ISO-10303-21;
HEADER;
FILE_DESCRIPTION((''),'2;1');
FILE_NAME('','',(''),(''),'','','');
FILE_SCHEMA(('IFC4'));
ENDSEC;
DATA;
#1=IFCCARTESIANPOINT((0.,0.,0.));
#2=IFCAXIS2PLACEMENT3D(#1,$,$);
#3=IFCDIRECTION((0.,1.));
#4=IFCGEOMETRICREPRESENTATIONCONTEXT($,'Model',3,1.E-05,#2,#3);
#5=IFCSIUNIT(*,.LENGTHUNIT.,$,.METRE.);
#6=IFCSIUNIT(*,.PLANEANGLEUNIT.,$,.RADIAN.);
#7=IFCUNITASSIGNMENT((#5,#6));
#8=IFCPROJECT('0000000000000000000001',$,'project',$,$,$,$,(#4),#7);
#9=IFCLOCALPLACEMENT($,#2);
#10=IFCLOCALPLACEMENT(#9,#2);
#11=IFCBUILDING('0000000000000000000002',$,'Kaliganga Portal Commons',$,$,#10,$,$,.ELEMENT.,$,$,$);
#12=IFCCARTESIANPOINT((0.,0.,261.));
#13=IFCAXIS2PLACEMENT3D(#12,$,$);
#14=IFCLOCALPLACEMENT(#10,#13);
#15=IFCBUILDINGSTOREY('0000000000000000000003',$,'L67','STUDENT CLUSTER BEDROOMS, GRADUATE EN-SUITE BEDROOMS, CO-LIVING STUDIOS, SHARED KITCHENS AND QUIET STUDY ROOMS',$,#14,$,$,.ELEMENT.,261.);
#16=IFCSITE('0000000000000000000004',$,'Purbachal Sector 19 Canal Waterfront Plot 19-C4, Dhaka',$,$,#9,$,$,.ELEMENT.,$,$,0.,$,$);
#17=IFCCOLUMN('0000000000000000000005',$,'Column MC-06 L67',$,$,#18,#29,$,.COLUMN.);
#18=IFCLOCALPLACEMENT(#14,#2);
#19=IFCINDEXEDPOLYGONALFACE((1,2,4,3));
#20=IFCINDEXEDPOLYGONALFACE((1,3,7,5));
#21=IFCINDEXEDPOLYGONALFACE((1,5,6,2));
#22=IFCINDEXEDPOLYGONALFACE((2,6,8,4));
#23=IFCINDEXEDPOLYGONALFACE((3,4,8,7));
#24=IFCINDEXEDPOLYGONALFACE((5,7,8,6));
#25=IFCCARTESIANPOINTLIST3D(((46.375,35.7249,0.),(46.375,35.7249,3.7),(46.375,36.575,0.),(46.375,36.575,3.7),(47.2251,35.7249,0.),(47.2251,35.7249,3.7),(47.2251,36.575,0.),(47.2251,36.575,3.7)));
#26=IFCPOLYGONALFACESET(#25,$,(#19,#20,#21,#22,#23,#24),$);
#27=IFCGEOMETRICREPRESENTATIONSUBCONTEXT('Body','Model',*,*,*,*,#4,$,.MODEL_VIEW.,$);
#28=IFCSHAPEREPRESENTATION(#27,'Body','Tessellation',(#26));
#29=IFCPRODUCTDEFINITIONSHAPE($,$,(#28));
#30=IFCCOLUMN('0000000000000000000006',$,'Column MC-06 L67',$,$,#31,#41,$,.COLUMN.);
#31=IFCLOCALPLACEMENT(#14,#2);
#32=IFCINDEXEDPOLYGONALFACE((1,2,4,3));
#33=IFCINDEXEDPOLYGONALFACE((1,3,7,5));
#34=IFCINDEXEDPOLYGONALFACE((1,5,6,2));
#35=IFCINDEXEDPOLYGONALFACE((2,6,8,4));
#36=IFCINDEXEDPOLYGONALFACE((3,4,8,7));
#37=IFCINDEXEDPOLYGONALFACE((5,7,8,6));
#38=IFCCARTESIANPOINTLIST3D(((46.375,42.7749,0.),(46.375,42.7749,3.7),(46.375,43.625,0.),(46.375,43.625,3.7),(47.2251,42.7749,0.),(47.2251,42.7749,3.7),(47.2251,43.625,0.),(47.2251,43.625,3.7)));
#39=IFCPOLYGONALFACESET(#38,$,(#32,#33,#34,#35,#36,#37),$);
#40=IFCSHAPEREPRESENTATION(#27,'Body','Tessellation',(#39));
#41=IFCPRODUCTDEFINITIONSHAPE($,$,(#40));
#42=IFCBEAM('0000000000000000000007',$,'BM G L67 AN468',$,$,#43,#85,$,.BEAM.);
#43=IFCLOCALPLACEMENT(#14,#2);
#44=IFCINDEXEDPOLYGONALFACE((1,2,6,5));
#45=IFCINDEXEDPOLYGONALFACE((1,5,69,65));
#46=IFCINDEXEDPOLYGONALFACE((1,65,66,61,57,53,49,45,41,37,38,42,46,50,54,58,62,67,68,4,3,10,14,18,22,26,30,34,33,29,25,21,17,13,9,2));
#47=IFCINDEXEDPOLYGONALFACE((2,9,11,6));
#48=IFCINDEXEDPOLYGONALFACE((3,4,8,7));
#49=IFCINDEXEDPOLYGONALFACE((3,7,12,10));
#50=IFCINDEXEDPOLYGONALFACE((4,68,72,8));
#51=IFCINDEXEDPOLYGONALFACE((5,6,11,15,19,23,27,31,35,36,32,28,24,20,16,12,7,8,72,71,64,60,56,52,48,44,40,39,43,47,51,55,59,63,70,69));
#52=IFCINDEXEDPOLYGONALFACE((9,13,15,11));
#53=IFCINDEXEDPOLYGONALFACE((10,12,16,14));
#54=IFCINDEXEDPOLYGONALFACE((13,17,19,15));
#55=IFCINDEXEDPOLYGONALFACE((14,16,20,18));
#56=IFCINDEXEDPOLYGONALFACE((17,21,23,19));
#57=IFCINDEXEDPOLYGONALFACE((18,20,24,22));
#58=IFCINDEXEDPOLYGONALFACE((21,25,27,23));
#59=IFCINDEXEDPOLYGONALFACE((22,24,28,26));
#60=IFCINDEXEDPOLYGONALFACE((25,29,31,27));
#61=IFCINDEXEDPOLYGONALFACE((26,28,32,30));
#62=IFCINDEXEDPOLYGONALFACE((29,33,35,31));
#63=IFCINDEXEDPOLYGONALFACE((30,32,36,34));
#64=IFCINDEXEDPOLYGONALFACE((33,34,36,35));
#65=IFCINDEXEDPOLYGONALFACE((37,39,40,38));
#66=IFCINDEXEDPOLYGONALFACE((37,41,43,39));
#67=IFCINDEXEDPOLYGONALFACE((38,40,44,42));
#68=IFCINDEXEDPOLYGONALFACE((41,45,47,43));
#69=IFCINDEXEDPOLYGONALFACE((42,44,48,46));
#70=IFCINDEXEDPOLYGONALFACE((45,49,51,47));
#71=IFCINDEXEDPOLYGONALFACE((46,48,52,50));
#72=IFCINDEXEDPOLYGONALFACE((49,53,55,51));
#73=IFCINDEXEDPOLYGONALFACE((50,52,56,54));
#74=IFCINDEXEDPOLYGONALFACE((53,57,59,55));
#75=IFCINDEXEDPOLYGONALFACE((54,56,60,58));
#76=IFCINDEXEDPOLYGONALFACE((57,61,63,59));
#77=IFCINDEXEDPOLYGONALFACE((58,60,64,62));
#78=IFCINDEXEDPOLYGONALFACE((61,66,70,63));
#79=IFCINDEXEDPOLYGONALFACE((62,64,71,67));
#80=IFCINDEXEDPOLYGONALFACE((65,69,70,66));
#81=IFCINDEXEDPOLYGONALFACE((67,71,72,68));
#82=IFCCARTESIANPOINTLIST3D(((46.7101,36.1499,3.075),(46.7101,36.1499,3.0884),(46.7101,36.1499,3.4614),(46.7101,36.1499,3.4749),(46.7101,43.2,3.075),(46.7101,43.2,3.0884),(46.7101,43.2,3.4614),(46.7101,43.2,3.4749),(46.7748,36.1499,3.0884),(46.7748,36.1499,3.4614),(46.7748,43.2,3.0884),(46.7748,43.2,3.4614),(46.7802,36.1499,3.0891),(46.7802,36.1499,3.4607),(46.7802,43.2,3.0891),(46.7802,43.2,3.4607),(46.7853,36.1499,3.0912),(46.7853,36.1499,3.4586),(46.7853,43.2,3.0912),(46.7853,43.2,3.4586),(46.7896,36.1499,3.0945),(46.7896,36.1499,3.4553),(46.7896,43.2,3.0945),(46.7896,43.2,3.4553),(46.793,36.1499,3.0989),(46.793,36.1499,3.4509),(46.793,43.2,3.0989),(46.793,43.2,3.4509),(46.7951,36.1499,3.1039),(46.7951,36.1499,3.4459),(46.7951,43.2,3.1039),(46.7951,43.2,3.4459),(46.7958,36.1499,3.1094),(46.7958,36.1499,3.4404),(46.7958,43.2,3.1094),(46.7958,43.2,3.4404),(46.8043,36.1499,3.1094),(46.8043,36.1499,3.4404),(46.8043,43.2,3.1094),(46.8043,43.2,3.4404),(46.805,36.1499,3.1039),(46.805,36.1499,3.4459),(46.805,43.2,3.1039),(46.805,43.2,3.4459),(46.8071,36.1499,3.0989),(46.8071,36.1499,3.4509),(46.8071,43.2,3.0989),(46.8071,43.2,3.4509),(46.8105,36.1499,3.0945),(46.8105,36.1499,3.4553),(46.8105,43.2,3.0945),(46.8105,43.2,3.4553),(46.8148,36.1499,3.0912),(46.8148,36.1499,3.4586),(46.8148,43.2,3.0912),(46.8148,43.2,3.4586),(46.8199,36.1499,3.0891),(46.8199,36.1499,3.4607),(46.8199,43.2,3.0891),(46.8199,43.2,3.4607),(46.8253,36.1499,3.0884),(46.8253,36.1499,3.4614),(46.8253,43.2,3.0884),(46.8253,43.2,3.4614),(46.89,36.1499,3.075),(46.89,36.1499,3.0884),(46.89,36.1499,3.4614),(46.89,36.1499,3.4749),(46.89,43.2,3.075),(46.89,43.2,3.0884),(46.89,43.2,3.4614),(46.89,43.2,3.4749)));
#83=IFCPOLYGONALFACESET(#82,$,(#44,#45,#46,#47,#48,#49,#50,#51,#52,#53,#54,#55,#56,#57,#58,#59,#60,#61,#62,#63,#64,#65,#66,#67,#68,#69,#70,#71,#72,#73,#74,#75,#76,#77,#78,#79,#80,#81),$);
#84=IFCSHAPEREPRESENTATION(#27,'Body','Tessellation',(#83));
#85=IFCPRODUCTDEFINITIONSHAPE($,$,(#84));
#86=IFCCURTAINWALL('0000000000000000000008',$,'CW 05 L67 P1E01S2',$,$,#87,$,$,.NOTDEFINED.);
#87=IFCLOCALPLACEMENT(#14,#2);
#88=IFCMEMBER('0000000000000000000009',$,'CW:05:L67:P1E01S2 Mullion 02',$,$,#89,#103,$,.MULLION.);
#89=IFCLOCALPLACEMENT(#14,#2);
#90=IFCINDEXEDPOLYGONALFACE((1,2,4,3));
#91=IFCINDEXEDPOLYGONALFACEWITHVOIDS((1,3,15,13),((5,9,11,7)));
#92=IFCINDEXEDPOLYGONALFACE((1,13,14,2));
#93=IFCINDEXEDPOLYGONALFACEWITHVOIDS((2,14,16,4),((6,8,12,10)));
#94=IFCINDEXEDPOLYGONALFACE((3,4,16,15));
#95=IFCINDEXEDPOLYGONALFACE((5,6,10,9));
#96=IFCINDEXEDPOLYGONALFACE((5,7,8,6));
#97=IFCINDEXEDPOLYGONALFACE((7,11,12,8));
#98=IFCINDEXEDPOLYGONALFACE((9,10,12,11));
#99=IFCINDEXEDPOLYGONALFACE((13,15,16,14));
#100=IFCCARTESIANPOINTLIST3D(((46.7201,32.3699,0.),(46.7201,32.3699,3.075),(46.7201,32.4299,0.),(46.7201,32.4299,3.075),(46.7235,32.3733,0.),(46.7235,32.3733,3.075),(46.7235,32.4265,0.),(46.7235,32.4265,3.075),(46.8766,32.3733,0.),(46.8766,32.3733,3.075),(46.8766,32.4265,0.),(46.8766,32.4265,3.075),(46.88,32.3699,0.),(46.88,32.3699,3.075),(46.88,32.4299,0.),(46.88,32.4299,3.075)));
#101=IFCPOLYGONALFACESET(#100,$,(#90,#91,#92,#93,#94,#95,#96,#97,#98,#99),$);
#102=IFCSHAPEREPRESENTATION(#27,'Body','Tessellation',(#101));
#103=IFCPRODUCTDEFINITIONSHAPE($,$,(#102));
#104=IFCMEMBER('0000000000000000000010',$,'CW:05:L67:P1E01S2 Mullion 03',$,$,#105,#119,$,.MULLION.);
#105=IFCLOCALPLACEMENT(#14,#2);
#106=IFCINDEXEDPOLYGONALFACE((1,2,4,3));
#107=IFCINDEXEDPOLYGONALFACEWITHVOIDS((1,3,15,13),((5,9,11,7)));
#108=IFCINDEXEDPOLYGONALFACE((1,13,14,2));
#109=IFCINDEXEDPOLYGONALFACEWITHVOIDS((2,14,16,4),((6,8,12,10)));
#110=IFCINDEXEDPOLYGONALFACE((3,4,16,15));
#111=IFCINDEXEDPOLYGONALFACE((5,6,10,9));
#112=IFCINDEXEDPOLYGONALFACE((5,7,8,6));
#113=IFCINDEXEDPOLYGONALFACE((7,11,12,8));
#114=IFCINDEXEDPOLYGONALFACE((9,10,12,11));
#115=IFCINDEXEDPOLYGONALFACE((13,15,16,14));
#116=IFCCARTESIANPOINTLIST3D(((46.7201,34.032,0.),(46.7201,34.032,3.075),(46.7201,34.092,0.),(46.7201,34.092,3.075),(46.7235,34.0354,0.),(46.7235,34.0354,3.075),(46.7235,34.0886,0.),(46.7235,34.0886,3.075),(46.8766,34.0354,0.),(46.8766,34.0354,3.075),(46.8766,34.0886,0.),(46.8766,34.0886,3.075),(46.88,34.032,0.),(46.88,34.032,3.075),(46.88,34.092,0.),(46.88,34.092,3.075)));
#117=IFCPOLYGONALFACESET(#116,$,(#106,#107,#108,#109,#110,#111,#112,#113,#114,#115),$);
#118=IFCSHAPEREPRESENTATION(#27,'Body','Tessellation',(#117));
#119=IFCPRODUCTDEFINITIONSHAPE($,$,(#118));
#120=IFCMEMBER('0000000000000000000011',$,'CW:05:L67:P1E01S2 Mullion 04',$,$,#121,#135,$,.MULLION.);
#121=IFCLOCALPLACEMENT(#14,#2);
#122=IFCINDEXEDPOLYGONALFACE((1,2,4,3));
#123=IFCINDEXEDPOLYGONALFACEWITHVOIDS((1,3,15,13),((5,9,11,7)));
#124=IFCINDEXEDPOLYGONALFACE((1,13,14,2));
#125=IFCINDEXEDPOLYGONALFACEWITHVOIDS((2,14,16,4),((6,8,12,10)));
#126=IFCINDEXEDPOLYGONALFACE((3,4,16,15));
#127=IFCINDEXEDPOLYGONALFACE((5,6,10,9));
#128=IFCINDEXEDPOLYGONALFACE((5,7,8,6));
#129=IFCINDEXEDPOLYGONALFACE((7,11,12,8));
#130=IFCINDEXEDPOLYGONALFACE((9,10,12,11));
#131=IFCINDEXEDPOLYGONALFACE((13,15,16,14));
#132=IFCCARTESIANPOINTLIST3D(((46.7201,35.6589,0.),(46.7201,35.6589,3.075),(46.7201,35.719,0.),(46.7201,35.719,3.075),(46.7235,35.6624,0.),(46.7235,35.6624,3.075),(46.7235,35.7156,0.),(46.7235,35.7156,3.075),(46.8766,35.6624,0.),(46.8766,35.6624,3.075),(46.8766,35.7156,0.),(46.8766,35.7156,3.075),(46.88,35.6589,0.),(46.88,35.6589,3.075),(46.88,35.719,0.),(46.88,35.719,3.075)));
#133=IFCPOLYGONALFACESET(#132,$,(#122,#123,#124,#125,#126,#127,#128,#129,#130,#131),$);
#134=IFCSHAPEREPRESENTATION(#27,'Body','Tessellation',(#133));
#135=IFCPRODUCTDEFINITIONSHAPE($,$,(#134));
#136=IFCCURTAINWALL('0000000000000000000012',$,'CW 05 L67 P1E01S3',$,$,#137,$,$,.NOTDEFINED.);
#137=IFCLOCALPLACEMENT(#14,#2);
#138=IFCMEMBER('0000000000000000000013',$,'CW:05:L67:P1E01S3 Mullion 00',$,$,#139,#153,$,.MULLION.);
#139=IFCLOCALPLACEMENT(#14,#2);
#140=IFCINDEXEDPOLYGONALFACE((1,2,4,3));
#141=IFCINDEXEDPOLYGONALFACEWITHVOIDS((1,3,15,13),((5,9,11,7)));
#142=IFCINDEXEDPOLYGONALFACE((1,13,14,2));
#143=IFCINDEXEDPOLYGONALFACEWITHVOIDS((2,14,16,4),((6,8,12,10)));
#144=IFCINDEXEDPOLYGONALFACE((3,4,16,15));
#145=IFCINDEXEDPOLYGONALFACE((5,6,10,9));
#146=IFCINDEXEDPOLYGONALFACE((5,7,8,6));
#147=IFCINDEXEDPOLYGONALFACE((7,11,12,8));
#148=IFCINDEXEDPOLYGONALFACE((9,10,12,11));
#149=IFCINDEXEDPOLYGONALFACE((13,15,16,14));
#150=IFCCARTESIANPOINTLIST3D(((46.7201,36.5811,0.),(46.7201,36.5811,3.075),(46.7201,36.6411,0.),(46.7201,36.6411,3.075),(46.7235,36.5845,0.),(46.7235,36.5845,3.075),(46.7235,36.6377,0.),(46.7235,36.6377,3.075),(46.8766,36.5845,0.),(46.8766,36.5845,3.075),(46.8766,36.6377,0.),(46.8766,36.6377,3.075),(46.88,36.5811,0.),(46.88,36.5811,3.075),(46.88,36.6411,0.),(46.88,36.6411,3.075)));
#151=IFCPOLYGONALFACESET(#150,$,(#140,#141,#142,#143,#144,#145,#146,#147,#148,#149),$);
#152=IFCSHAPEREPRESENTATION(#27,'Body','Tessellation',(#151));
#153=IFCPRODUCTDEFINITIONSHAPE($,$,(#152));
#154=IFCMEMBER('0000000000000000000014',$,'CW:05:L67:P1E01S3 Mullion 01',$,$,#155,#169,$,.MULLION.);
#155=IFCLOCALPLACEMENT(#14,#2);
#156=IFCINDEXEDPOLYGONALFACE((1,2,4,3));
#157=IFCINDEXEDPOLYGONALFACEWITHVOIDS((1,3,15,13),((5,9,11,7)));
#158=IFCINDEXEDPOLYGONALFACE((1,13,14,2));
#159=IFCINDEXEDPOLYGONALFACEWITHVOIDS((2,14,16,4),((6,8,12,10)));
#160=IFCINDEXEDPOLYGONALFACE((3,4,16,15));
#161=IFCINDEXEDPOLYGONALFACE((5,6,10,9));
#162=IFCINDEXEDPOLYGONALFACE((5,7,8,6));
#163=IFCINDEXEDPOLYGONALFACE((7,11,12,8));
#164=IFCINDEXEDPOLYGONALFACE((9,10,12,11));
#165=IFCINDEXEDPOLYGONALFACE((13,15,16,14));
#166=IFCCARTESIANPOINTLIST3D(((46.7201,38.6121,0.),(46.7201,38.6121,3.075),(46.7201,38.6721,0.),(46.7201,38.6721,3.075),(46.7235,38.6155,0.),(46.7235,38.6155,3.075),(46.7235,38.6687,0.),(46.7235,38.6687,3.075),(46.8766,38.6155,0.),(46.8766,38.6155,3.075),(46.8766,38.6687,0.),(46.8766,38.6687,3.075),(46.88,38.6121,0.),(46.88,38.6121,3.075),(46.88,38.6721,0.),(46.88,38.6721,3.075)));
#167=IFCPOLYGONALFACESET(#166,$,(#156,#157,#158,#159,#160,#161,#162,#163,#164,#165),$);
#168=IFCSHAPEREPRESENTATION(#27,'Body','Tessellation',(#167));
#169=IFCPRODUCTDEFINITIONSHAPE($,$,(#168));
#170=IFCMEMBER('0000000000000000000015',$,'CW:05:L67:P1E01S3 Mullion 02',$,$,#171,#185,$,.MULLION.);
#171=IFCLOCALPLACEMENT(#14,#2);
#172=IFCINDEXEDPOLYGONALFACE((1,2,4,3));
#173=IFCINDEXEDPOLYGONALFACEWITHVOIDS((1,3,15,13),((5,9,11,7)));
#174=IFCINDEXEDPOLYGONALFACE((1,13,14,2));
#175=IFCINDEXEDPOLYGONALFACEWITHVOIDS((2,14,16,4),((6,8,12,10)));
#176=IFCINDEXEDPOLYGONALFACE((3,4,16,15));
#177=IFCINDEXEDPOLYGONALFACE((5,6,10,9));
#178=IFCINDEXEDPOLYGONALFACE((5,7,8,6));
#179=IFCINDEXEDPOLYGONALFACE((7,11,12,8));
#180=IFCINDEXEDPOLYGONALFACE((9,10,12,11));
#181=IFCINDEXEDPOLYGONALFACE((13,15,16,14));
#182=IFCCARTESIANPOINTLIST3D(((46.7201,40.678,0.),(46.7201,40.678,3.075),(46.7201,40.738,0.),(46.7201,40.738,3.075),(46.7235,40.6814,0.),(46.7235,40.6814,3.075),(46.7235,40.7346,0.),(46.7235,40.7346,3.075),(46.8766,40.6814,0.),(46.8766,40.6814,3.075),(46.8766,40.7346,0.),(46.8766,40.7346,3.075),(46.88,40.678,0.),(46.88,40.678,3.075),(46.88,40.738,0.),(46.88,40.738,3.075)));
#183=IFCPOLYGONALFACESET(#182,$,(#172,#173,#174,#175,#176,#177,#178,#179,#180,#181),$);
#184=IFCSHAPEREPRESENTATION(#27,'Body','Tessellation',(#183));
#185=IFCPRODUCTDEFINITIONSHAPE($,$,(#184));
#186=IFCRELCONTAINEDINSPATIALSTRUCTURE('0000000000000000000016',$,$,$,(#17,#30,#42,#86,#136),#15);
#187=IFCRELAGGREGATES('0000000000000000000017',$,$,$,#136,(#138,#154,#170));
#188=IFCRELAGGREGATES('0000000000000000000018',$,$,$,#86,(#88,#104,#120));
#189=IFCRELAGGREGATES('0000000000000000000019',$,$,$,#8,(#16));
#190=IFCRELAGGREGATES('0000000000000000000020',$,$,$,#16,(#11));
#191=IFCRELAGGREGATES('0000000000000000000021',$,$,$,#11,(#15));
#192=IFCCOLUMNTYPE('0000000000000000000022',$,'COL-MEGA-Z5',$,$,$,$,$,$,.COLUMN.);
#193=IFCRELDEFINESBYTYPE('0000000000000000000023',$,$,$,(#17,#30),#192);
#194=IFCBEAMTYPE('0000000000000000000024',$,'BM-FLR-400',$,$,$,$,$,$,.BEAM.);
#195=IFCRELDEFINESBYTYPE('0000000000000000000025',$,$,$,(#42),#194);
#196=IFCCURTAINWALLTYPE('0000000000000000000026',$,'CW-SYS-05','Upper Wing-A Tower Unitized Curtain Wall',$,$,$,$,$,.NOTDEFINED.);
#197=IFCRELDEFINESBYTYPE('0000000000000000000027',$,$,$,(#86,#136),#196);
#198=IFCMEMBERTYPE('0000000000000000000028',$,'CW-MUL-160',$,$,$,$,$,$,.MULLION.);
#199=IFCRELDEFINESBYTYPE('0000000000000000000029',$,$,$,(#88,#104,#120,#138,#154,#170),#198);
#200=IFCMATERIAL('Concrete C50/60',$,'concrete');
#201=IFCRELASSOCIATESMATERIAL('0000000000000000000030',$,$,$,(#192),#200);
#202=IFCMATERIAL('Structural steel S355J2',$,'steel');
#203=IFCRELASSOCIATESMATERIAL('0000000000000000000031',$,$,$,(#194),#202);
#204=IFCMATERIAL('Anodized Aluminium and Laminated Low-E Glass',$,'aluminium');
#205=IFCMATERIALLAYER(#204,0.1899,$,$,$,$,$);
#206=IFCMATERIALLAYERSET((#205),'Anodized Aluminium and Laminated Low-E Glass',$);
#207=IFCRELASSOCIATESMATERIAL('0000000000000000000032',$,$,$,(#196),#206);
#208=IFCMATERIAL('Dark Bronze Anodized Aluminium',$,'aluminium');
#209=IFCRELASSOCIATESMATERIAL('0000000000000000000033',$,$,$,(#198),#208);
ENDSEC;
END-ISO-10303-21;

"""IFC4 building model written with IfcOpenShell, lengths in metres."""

from ifc_helpers import new_model, si_unit, direction, frame, origin, origin_2d, place, context, subcontext, project, spatial, rectangle, hollow_rectangle, i_section, extrude, source, transform, mapped, material, layer, layer_set, material_profile, profile_set, type_object, element, aggregate, save


model = new_model("IFC4")

# Units and contexts
model_context = context("Model", 3, precision=1e-05, world=origin(), true_north=direction((0.0, 1.0)))
body_context = subcontext(model_context, "Body", "Model", "MODEL_VIEW")
ifc_project = project(units=[si_unit("LENGTHUNIT", "METRE"), si_unit("PLANEANGLEUNIT", "RADIAN")], contexts=[model_context])

# Site, building, storey
site_placement = place(None, origin())
site = spatial("IfcSite", under=ifc_project, at=site_placement, Name="Purbachal Sector 19 Canal Waterfront Plot 19-C4, Dhaka", CompositionType="ELEMENT", RefElevation=0.0)
building_placement = place(site_placement, origin())
building = spatial("IfcBuilding", under=site, at=building_placement, Name="Kaliganga Portal Commons", CompositionType="ELEMENT")
storey_placement = place(building_placement, frame((0.0, 0.0, 261.0)))
storey = spatial("IfcBuildingStorey", under=building, at=storey_placement, Name="L67", Description="STUDENT CLUSTER BEDROOMS, GRADUATE EN-SUITE BEDROOMS, CO-LIVING STUDIOS, SHARED KITCHENS AND QUIET STUDY ROOMS", CompositionType="ELEMENT", Elevation=261.0)

# Columns
ifc_material_1 = material(Name="Concrete C50/60", Category="concrete")
ifc_material_profile_1 = material_profile(ifc_material_1, rectangle(XDim=0.8501, YDim=0.8501, at=origin_2d()), Name="RC 850x850")
ifc_profile_set_1 = profile_set([ifc_material_profile_1], Name="Concrete C50/60")
column_type = type_object("IfcColumnType", Name="COL-MEGA-Z5", PredefinedType="COLUMN", material=ifc_profile_set_1)
shared_shape_1 = source(origin(), body_context, "Body", "SweptSolid", [
    extrude(rectangle(XDim=0.8501, YDim=0.8501, at=origin_2d()), origin(), (0.0, 0.0, 1.0), 3.7),
])
for number, where, z_axis, x_axis, name in (
    (1, (46.8, 36.1499, 0.0), (0.0, 0.0, 1.0), (1.0, 0.0, 0.0), "Column MC-06 L67"),
    (2, (46.8, 43.2, 0.0), (0.0, 0.0, 1.0), (1.0, 0.0, 0.0), "Column MC-06 L67"),
):
    element("IfcColumn", number, at=place(storey_placement, frame(where, z_axis=z_axis, x_axis=x_axis)), inside=storey, type_object=column_type, Name=name, PredefinedType="COLUMN", context=body_context, shape_type="MappedRepresentation", body=[
        mapped(shared_shape_1, transform((0.0, 0.0, 0.0), x_axis=(1.0, 0.0, 0.0), y_axis=(0.0, 1.0, 0.0), z_axis=(0.0, 0.0, 1.0), scale=1.0)),
    ])

# Beam
ifc_material_2 = material(Name="Structural steel S355J2", Category="steel")
ifc_material_profile_2 = material_profile(ifc_material_2, i_section(OverallWidth=0.1799, OverallDepth=0.3999, WebThickness=0.0085, FlangeThickness=0.0134, FilletRadius=0.021, at=origin_2d()), Name="IPE 400")
ifc_profile_set_2 = profile_set([ifc_material_profile_2], Name="Structural steel S355J2 wide-flange")
beam_type = type_object("IfcBeamType", Name="BM-FLR-400", PredefinedType="BEAM", material=ifc_profile_set_2)
shared_shape_2 = source(origin(), body_context, "Body", "SweptSolid", [
    extrude(i_section(OverallWidth=0.1799, OverallDepth=0.3999, WebThickness=0.0085, FlangeThickness=0.0134, FilletRadius=0.021, at=origin_2d()), origin(), (0.0, 0.0, 1.0), 7.05),
])
beam_placement = place(storey_placement, frame((46.8, 36.1499, 3.2749), z_axis=(0.0, 1.0, 0.0), x_axis=(-1.0, 0.0, 0.0)))
element("IfcBeam", 3, at=beam_placement, inside=storey, type_object=beam_type, Name="BM G L67 AN468", PredefinedType="BEAM", context=body_context, shape_type="MappedRepresentation", body=[
    mapped(shared_shape_2, transform((0.0, 0.0, 0.0), x_axis=(1.0, 0.0, 0.0), y_axis=(0.0, 1.0, 0.0), z_axis=(0.0, 0.0, 1.0), scale=1.0)),
])

# Curtain wall, members
ifc_material_3 = material(Name="Anodized Aluminium and Laminated Low-E Glass", Category="aluminium")
ifc_layer_1 = layer(ifc_material_3, 0.1899)
ifc_layer_set_1 = layer_set([ifc_layer_1], Name="Anodized Aluminium and Laminated Low-E Glass")
curtain_wall_type = type_object("IfcCurtainWallType", Name="CW-SYS-05", Description="Upper Wing-A Tower Unitized Curtain Wall", PredefinedType="NOTDEFINED", material=ifc_layer_set_1)
curtain_wall_1_placement = place(storey_placement, origin())
curtain_wall_1 = element("IfcCurtainWall", 4, at=curtain_wall_1_placement, inside=storey, type_object=curtain_wall_type, Name="CW 05 L67 P1E01S2", PredefinedType="NOTDEFINED")
ifc_material_4 = material(Name="Dark Bronze Anodized Aluminium", Category="aluminium")
ifc_material_profile_3 = material_profile(ifc_material_4, hollow_rectangle(XDim=0.0601, YDim=0.1599, WallThickness=0.0034, at=origin_2d()), Name="ALU MULL 60x160x3.5")
ifc_profile_set_3 = profile_set([ifc_material_profile_3], Name="Dark Bronze Anodized Aluminium")
member_type_1 = type_object("IfcMemberType", Name="CW-MUL-160", PredefinedType="MULLION", material=ifc_profile_set_3)
shared_shape_3 = source(origin(), body_context, "Body", "SweptSolid", [
    extrude(hollow_rectangle(XDim=0.0601, YDim=0.1599, WallThickness=0.0034, at=origin_2d()), origin(), (0.0, 0.0, 1.0), 3.075),
])
member_1_placement = place(storey_placement, frame((46.8, 32.3999, 0.0), z_axis=(0.0, 0.0, 1.0), x_axis=(0.0, 1.0, 0.0)))
member_1 = element("IfcMember", 5, at=member_1_placement, type_object=member_type_1, Name="CW:05:L67:P1E01S2 Mullion 02", PredefinedType="MULLION", context=body_context, shape_type="MappedRepresentation", body=[
    mapped(shared_shape_3, transform((0.0, 0.0, 0.0), x_axis=(1.0, 0.0, 0.0), y_axis=(0.0, 1.0, 0.0), z_axis=(0.0, 0.0, 1.0), scale=1.0)),
])
member_2_placement = place(storey_placement, frame((46.8, 34.062, 0.0), z_axis=(0.0, 0.0, 1.0), x_axis=(0.0, 1.0, 0.0)))
member_2 = element("IfcMember", 6, at=member_2_placement, type_object=member_type_1, Name="CW:05:L67:P1E01S2 Mullion 03", PredefinedType="MULLION", context=body_context, shape_type="MappedRepresentation", body=[
    mapped(shared_shape_3, transform((0.0, 0.0, 0.0), x_axis=(1.0, 0.0, 0.0), y_axis=(0.0, 1.0, 0.0), z_axis=(0.0, 0.0, 1.0), scale=1.0)),
])
member_3_placement = place(storey_placement, frame((46.8, 35.689, 0.0), z_axis=(0.0, 0.0, 1.0), x_axis=(0.0, 1.0, 0.0)))
member_3 = element("IfcMember", 7, at=member_3_placement, type_object=member_type_1, Name="CW:05:L67:P1E01S2 Mullion 04", PredefinedType="MULLION", context=body_context, shape_type="MappedRepresentation", body=[
    mapped(shared_shape_3, transform((0.0, 0.0, 0.0), x_axis=(1.0, 0.0, 0.0), y_axis=(0.0, 1.0, 0.0), z_axis=(0.0, 0.0, 1.0), scale=1.0)),
])

# Curtain wall, members
curtain_wall_2_placement = place(storey_placement, origin())
curtain_wall_2 = element("IfcCurtainWall", 8, at=curtain_wall_2_placement, inside=storey, type_object=curtain_wall_type, Name="CW 05 L67 P1E01S3", PredefinedType="NOTDEFINED")
member_4_placement = place(storey_placement, frame((46.8, 36.6111, 0.0), z_axis=(0.0, 0.0, 1.0), x_axis=(0.0, 1.0, 0.0)))
member_4 = element("IfcMember", 9, at=member_4_placement, type_object=member_type_1, Name="CW:05:L67:P1E01S3 Mullion 00", PredefinedType="MULLION", context=body_context, shape_type="MappedRepresentation", body=[
    mapped(shared_shape_3, transform((0.0, 0.0, 0.0), x_axis=(1.0, 0.0, 0.0), y_axis=(0.0, 1.0, 0.0), z_axis=(0.0, 0.0, 1.0), scale=1.0)),
])
member_5_placement = place(storey_placement, frame((46.8, 38.6421, 0.0), z_axis=(0.0, 0.0, 1.0), x_axis=(0.0, 1.0, 0.0)))
member_5 = element("IfcMember", 10, at=member_5_placement, type_object=member_type_1, Name="CW:05:L67:P1E01S3 Mullion 01", PredefinedType="MULLION", context=body_context, shape_type="MappedRepresentation", body=[
    mapped(shared_shape_3, transform((0.0, 0.0, 0.0), x_axis=(1.0, 0.0, 0.0), y_axis=(0.0, 1.0, 0.0), z_axis=(0.0, 0.0, 1.0), scale=1.0)),
])
member_6_placement = place(storey_placement, frame((46.8, 40.708, 0.0), z_axis=(0.0, 0.0, 1.0), x_axis=(0.0, 1.0, 0.0)))
member_6 = element("IfcMember", 11, at=member_6_placement, type_object=member_type_1, Name="CW:05:L67:P1E01S3 Mullion 02", PredefinedType="MULLION", context=body_context, shape_type="MappedRepresentation", body=[
    mapped(shared_shape_3, transform((0.0, 0.0, 0.0), x_axis=(1.0, 0.0, 0.0), y_axis=(0.0, 1.0, 0.0), z_axis=(0.0, 0.0, 1.0), scale=1.0)),
])
aggregate(curtain_wall_2, [member_4, member_5, member_6])

aggregate(curtain_wall_1, [member_1, member_2, member_3])

save(model, "model.ifc")
